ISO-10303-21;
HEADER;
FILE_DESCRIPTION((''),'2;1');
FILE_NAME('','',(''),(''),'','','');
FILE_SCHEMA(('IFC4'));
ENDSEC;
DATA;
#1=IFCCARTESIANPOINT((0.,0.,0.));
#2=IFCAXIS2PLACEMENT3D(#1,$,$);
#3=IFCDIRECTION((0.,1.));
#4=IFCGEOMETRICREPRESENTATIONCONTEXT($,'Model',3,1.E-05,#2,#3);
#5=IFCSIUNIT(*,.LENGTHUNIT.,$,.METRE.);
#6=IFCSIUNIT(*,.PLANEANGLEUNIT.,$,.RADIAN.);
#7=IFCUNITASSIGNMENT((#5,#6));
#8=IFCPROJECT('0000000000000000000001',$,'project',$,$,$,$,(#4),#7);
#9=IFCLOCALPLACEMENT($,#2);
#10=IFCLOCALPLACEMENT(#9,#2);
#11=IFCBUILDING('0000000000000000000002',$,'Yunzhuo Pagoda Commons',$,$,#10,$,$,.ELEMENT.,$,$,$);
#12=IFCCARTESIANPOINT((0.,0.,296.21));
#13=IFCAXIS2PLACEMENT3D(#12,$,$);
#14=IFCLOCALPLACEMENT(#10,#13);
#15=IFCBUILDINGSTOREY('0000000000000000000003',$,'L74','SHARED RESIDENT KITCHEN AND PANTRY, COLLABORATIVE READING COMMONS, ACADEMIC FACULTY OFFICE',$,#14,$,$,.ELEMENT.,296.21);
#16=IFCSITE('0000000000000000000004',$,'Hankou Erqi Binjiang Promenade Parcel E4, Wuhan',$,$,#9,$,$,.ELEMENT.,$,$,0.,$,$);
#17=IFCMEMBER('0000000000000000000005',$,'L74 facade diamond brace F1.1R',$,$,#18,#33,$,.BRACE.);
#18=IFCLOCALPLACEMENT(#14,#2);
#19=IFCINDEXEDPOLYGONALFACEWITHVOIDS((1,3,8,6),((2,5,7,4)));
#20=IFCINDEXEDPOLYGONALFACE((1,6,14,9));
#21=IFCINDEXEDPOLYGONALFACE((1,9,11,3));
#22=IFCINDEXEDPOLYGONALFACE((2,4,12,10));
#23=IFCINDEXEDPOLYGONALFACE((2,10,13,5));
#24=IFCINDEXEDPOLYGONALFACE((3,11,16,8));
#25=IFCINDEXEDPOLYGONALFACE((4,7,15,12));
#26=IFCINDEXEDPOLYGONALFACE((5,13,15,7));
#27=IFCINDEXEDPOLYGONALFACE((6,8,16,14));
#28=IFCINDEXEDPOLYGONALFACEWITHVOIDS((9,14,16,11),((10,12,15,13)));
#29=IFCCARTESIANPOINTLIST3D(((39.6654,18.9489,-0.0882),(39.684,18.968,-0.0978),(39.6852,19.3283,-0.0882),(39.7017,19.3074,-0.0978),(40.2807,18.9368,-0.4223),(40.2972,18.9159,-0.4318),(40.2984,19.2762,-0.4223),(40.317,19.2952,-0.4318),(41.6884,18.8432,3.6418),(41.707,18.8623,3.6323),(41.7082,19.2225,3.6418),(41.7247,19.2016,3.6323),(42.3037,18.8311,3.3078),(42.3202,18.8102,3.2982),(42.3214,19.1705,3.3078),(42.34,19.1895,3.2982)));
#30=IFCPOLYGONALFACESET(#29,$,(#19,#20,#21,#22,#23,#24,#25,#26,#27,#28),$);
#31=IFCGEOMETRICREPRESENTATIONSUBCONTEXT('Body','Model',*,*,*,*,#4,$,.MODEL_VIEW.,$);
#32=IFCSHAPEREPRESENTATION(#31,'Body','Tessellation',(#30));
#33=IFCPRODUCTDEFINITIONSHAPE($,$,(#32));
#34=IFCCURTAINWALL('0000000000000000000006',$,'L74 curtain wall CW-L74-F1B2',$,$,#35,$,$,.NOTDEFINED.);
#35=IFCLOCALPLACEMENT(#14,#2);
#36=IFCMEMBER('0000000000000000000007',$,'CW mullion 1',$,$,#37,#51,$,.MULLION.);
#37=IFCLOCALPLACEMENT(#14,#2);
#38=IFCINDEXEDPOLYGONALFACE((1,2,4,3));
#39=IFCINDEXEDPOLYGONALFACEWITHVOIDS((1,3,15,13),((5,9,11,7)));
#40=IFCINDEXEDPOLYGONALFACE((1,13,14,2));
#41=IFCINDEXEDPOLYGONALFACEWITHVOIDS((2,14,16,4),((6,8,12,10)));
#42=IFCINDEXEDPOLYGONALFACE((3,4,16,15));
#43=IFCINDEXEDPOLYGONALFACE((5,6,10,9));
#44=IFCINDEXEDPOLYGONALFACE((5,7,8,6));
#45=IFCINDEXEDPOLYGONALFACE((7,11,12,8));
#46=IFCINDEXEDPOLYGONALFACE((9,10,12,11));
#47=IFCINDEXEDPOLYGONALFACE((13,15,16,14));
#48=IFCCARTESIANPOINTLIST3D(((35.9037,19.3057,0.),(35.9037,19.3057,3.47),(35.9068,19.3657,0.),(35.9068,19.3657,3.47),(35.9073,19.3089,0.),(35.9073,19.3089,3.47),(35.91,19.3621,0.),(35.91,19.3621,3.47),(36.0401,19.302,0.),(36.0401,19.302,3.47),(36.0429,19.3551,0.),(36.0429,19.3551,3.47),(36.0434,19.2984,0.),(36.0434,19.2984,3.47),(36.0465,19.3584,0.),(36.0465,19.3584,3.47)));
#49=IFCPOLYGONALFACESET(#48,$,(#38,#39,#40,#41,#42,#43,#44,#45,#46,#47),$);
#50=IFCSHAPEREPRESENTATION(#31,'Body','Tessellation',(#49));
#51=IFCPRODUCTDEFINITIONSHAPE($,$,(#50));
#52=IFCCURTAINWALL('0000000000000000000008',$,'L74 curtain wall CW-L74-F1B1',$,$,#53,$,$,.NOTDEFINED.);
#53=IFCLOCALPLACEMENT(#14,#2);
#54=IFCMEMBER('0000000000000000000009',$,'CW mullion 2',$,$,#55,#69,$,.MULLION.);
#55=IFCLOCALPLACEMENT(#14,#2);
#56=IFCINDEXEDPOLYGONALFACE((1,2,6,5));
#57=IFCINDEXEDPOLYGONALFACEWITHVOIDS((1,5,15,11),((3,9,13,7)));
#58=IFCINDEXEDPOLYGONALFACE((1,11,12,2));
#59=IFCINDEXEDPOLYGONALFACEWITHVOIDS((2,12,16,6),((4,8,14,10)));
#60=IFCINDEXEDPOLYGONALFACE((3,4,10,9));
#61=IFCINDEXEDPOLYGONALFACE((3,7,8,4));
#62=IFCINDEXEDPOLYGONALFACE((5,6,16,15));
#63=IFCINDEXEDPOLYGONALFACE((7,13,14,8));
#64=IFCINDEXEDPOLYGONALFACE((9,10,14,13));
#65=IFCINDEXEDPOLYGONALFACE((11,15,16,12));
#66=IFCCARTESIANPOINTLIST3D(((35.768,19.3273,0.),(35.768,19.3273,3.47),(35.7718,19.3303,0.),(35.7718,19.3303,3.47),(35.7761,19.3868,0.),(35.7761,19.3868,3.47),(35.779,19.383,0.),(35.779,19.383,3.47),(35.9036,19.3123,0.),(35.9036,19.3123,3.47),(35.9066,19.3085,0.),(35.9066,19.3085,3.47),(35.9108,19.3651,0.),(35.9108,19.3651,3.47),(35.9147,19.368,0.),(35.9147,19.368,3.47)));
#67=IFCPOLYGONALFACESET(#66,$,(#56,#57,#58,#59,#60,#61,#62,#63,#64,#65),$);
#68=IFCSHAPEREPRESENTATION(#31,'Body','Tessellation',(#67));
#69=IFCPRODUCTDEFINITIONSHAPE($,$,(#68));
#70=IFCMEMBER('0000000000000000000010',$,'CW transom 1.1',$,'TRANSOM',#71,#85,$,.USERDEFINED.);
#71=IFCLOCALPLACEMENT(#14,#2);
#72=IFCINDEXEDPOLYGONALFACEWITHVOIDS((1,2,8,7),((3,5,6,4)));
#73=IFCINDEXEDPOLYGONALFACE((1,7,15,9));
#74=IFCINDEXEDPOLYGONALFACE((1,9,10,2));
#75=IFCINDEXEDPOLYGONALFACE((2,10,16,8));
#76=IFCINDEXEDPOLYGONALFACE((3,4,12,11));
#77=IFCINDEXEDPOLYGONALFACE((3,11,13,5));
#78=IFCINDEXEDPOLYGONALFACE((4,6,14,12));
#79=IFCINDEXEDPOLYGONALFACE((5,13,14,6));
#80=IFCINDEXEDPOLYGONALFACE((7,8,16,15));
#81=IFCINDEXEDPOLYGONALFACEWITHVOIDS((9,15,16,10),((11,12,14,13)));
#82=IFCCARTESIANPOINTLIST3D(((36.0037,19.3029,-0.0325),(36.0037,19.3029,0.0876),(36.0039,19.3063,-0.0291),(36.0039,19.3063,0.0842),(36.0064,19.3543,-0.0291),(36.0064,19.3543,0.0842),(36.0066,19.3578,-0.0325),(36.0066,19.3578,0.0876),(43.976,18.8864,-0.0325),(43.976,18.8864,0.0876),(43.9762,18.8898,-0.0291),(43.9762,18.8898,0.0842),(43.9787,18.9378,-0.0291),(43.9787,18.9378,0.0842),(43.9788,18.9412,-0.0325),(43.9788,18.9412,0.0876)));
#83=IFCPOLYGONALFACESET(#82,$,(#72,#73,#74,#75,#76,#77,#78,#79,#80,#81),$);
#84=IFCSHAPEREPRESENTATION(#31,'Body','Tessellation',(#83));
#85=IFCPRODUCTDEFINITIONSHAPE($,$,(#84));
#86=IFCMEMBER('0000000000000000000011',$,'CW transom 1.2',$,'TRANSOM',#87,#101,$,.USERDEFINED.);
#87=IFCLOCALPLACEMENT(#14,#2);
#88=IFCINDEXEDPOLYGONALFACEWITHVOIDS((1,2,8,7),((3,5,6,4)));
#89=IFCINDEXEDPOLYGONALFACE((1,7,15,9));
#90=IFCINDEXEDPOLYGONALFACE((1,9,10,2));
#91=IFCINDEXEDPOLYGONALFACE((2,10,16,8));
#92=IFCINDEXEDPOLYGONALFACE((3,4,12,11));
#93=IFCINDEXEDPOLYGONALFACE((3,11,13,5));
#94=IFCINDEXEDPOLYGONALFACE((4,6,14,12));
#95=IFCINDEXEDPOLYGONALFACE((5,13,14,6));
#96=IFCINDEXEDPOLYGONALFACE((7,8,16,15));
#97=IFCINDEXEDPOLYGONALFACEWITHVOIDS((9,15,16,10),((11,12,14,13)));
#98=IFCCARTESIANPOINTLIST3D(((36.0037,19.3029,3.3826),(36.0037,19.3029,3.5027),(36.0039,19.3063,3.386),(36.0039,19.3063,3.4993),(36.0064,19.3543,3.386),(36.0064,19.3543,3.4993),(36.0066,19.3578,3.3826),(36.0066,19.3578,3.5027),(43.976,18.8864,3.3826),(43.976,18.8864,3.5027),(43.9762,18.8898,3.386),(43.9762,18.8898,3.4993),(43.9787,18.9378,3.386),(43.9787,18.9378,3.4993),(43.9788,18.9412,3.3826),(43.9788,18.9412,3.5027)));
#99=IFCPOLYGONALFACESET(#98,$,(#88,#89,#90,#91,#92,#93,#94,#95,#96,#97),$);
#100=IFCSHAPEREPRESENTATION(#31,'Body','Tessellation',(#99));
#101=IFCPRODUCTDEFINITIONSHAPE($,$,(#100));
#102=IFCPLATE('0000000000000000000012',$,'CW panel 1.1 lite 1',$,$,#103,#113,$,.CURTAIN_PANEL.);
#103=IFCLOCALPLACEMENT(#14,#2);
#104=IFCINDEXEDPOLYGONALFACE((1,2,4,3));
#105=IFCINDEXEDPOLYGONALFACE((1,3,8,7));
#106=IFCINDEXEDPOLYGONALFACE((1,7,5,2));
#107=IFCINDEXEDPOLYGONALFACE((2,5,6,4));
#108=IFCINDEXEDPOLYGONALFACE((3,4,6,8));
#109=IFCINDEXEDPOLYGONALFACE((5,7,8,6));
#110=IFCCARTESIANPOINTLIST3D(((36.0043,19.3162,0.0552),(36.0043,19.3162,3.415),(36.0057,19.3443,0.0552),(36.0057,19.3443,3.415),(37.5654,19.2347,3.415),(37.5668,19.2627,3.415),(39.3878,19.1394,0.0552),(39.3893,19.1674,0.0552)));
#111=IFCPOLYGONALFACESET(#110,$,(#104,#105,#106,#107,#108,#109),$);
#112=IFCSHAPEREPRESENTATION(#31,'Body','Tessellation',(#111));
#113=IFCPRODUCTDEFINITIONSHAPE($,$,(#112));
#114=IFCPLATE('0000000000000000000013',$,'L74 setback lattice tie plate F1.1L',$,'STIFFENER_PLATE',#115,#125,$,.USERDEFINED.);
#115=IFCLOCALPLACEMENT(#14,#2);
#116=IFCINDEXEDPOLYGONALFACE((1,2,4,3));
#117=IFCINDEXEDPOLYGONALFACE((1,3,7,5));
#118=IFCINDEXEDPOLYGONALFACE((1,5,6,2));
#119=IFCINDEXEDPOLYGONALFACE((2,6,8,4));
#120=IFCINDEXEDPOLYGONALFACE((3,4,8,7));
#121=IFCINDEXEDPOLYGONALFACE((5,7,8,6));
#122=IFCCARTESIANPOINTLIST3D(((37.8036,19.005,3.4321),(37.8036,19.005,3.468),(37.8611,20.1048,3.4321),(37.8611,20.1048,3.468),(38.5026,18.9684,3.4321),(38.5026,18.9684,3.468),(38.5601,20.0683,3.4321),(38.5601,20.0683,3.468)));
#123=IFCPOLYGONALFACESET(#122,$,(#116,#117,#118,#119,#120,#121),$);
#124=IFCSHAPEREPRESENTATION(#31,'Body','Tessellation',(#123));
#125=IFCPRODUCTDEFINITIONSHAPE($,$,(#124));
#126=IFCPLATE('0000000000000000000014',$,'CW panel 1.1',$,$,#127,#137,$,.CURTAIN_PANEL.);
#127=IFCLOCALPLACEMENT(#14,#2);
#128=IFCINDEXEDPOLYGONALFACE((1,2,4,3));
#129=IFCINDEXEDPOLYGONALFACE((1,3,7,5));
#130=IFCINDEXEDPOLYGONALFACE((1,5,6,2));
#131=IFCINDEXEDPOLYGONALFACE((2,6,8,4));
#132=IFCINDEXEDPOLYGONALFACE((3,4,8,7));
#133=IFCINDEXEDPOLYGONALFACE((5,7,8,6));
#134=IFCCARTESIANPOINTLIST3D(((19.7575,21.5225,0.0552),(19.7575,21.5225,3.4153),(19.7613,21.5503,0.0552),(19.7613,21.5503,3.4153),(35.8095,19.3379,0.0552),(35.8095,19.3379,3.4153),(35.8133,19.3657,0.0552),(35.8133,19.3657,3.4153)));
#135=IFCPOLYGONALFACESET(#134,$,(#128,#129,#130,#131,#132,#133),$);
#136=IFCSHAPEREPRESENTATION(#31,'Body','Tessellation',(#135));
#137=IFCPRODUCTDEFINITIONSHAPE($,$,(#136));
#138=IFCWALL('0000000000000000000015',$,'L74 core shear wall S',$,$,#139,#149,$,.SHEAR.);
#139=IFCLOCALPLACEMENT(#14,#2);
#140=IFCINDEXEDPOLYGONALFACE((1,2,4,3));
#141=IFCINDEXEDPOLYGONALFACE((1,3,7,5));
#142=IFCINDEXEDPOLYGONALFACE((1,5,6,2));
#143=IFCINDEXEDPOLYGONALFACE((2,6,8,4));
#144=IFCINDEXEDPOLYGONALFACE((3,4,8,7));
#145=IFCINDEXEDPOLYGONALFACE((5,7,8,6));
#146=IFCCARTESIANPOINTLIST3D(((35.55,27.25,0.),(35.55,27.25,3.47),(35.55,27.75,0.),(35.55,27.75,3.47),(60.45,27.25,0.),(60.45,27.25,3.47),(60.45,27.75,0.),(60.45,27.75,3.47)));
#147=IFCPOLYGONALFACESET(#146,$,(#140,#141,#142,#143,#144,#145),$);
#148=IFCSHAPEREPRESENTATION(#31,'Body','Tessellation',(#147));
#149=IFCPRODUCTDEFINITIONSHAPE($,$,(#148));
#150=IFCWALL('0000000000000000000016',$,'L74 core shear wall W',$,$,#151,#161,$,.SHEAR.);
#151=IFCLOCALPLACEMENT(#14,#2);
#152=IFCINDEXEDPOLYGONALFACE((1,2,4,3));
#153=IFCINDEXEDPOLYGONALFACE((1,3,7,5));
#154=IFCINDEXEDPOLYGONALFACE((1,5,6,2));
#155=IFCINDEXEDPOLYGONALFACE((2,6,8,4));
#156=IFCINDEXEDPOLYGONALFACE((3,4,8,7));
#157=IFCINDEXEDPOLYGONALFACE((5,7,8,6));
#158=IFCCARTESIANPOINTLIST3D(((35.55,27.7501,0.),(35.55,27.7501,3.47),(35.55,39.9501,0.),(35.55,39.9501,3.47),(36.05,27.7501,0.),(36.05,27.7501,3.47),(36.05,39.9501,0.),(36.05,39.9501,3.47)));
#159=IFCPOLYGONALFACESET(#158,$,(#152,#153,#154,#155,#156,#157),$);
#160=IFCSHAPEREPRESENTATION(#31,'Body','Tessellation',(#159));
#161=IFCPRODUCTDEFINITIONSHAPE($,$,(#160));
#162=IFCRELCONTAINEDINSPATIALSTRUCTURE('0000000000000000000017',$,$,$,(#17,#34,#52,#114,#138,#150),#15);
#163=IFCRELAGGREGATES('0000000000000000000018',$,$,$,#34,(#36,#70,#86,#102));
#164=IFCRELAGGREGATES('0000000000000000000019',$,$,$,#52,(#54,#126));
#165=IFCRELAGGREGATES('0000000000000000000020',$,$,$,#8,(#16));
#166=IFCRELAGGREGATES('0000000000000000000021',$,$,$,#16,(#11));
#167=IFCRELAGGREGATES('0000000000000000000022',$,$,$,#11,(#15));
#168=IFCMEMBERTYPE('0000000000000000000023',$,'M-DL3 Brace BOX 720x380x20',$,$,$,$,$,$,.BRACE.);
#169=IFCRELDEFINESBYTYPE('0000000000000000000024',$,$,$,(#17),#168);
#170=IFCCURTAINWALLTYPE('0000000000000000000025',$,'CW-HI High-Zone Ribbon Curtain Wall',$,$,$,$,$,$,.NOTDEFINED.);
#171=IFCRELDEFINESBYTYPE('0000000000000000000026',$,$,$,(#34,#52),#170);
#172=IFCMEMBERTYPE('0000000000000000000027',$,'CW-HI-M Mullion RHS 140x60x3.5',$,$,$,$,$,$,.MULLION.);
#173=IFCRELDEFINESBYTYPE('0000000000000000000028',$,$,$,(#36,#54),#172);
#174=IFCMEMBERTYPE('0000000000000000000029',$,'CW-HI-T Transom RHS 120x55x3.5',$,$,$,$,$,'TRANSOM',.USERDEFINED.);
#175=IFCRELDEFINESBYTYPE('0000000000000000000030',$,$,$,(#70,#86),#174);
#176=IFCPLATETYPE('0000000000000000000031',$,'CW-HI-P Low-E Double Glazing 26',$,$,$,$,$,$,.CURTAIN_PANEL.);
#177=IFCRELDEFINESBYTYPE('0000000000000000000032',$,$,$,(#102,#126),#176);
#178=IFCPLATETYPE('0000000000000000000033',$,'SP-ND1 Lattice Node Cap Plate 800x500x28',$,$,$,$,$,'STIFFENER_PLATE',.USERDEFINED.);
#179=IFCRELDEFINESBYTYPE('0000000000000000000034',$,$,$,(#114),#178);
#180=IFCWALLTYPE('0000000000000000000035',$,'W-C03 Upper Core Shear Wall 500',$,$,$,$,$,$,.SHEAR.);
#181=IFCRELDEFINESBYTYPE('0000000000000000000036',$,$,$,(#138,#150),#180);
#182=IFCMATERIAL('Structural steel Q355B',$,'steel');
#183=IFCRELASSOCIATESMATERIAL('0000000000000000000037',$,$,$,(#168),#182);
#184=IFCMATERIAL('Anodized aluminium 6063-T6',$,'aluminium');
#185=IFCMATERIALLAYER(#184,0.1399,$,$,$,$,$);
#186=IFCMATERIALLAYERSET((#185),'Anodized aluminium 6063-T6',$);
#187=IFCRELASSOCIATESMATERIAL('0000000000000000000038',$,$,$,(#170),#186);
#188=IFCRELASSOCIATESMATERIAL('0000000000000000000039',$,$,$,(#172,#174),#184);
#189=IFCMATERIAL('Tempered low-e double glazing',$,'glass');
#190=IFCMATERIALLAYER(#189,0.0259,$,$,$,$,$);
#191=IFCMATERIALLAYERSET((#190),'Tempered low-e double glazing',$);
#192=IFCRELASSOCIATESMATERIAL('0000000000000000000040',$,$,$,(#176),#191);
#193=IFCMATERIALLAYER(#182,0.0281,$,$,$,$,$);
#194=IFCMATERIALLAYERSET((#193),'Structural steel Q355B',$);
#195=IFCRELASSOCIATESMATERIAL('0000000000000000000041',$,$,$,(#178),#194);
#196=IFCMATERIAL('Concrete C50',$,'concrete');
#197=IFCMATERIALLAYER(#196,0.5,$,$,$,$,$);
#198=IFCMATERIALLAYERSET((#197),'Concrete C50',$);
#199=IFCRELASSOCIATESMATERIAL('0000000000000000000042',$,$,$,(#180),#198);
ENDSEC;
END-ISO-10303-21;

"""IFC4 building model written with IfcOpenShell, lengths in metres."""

from ifc_helpers import new_model, si_unit, direction, frame, frame_2d, origin, origin_2d, place, context, subcontext, project, spatial, polyline, rectangle, hollow_rectangle, outline, extrude, source, transform, mapped, material, layer, layer_set, material_profile, profile_set, type_object, element, aggregate, save


model = new_model("IFC4")

# Units and contexts
model_context = context("Model", 3, precision=1e-05, world=origin(), true_north=direction((0.0, 1.0)))
body_context = subcontext(model_context, "Body", "Model", "MODEL_VIEW")
ifc_project = project(units=[si_unit("LENGTHUNIT", "METRE"), si_unit("PLANEANGLEUNIT", "RADIAN")], contexts=[model_context])

# Site, building, storey
site_placement = place(None, origin())
site = spatial("IfcSite", under=ifc_project, at=site_placement, Name="Hankou Erqi Binjiang Promenade Parcel E4, Wuhan", CompositionType="ELEMENT", RefElevation=0.0)
building_placement = place(site_placement, origin())
building = spatial("IfcBuilding", under=site, at=building_placement, Name="Yunzhuo Pagoda Commons", CompositionType="ELEMENT")
storey_placement = place(building_placement, frame((0.0, 0.0, 296.21)))
storey = spatial("IfcBuildingStorey", under=building, at=storey_placement, Name="L74", Description="SHARED RESIDENT KITCHEN AND PANTRY, COLLABORATIVE READING COMMONS, ACADEMIC FACULTY OFFICE", CompositionType="ELEMENT", Elevation=296.21)

# Shared definitions
ifc_material_1 = material(Name="Structural steel Q355B", Category="steel")

# Member
ifc_material_profile_1 = material_profile(ifc_material_1, hollow_rectangle(XDim=0.3799, YDim=0.72, WallThickness=0.02, at=origin_2d()), Name="Structural steel Q355B")
ifc_profile_set_1 = profile_set([ifc_material_profile_1], Name="Structural steel Q355B")
member_type_1 = type_object("IfcMemberType", Name="M-DL3 Brace BOX 720x380x20", PredefinedType="BRACE", material=ifc_profile_set_1)
shared_shape_1 = source(origin(), body_context, "Body", "SweptSolid", [
    extrude(hollow_rectangle(XDim=0.3799, YDim=0.72, WallThickness=0.02, at=origin_2d()), origin(), (0.0, 0.0, 1.0), 4.2446),
])
for number, where, z_axis, x_axis, name in (
    (1, (39.9912, 19.1221, -0.26), (0.476599, -0.024906, 0.878768), (0.052186, 0.998637, 0.0), "L74 facade diamond brace F1.1R"),
):
    element("IfcMember", number, at=place(storey_placement, frame(where, z_axis=z_axis, x_axis=x_axis)), inside=storey, type_object=member_type_1, Name=name, PredefinedType="BRACE", context=body_context, shape_type="MappedRepresentation", body=[
        mapped(shared_shape_1, transform((0.0, 0.0, 0.0), scale=1.0)),
    ])

# Curtain walls, members
ifc_material_2 = material(Name="Anodized aluminium 6063-T6", Category="aluminium")
ifc_layer_1 = layer(ifc_material_2, 0.1399)
ifc_layer_set_1 = layer_set([ifc_layer_1], Name="Anodized aluminium 6063-T6")
curtain_wall_type = type_object("IfcCurtainWallType", Name="CW-HI High-Zone Ribbon Curtain Wall", PredefinedType="NOTDEFINED", material=ifc_layer_set_1)
curtain_wall_1_placement = place(storey_placement, origin())
curtain_wall_1 = element("IfcCurtainWall", 2, at=curtain_wall_1_placement, inside=storey, type_object=curtain_wall_type, Name="L74 curtain wall CW-L74-F1B2", PredefinedType="NOTDEFINED")
ifc_material_profile_2 = material_profile(ifc_material_2, hollow_rectangle(XDim=0.0601, YDim=0.1399, WallThickness=0.0034, at=origin_2d()), Name="Anodized aluminium 6063-T6")
ifc_profile_set_2 = profile_set([ifc_material_profile_2], Name="Anodized aluminium 6063-T6")
member_type_2 = type_object("IfcMemberType", Name="CW-HI-M Mullion RHS 140x60x3.5", PredefinedType="MULLION", material=ifc_profile_set_2)
shared_shape_2 = source(origin(), body_context, "Body", "SweptSolid", [
    extrude(hollow_rectangle(XDim=0.0601, YDim=0.1399, WallThickness=0.0034, at=origin_2d()), origin(), (0.0, 0.0, 1.0), 3.47),
])
member_1_placement = place(storey_placement, frame((35.9751, 19.332, 0.0), z_axis=(0.0, 0.0, 1.0), x_axis=(0.05219, 0.998637, 0.0)))
member_1 = element("IfcMember", 3, at=member_1_placement, type_object=member_type_2, Name="CW mullion 1", PredefinedType="MULLION", context=body_context, shape_type="MappedRepresentation", body=[
    mapped(shared_shape_2, transform((0.0, 0.0, 0.0), scale=1.0)),
])
curtain_wall_2_placement = place(storey_placement, origin())
curtain_wall_2 = element("IfcCurtainWall", 4, at=curtain_wall_2_placement, inside=storey, type_object=curtain_wall_type, Name="L74 curtain wall CW-L74-F1B1", PredefinedType="NOTDEFINED")
member_2_placement = place(storey_placement, frame((35.8413, 19.3477, 0.0), z_axis=(0.0, 0.0, 1.0), x_axis=(0.134854, 0.990865, 0.0)))
member_2 = element("IfcMember", 5, at=member_2_placement, type_object=member_type_2, Name="CW mullion 2", PredefinedType="MULLION", context=body_context, shape_type="MappedRepresentation", body=[
    mapped(shared_shape_2, transform((0.0, 0.0, 0.0), scale=1.0)),
])

# Members
ifc_material_profile_3 = material_profile(ifc_material_2, hollow_rectangle(XDim=0.0549, YDim=0.1201, WallThickness=0.0034, at=origin_2d()), Name="Anodized aluminium 6063-T6")
ifc_profile_set_3 = profile_set([ifc_material_profile_3], Name="Anodized aluminium 6063-T6")
member_type_3 = type_object("IfcMemberType", Name="CW-HI-T Transom RHS 120x55x3.5", ElementType="TRANSOM", PredefinedType="USERDEFINED", material=ifc_profile_set_3)
shared_shape_3 = source(origin(), body_context, "Body", "SweptSolid", [
    extrude(hollow_rectangle(XDim=0.0549, YDim=0.1201, WallThickness=0.0034, at=origin_2d()), origin(), (0.0, 0.0, 1.0), 7.9832),
])
member_3_placement = place(storey_placement, frame((36.0051, 19.3303, 0.0276), z_axis=(0.998638, -0.052174, 0.0), x_axis=(0.052174, 0.998638, 0.0)))
member_3 = element("IfcMember", 6, at=member_3_placement, type_object=member_type_3, Name="CW transom 1.1", ObjectType="TRANSOM", PredefinedType="USERDEFINED", context=body_context, shape_type="MappedRepresentation", body=[
    mapped(shared_shape_3, transform((0.0, 0.0, 0.0), scale=1.0)),
])
member_4_placement = place(storey_placement, frame((36.0051, 19.3303, 3.4426), z_axis=(0.998638, -0.052174, 0.0), x_axis=(0.052174, 0.998638, 0.0)))
member_4 = element("IfcMember", 7, at=member_4_placement, type_object=member_type_3, Name="CW transom 1.2", ObjectType="TRANSOM", PredefinedType="USERDEFINED", context=body_context, shape_type="MappedRepresentation", body=[
    mapped(shared_shape_3, transform((0.0, 0.0, 0.0), scale=1.0)),
])

# Plates
ifc_material_3 = material(Name="Tempered low-e double glazing", Category="glass")
ifc_layer_2 = layer(ifc_material_3, 0.0259)
ifc_layer_set_2 = layer_set([ifc_layer_2], Name="Tempered low-e double glazing")
plate_type_1 = type_object("IfcPlateType", Name="CW-HI-P Low-E Double Glazing 26", PredefinedType="CURTAIN_PANEL", material=ifc_layer_set_2)
plate_1_placement = place(storey_placement, frame((37.6975, 19.2559, 1.7351), z_axis=(-0.05219, -0.998637, 0.0), x_axis=(0.998637, -0.05219, 0.0)))
plate_1 = element("IfcPlate", 8, at=plate_1_placement, type_object=plate_type_1, Name="CW panel 1.1 lite 1", PredefinedType="CURTAIN_PANEL", context=body_context, shape_type="SweptSolid", body=[
    extrude(outline(polyline([(-1.6941, -1.6799), (1.6941, -1.6799), (-0.1309, 1.6799), (-1.6941, 1.6799), (-1.6941, -1.6799)])), origin(), (0.0, 0.0, 1.0), 0.0281),
])
aggregate(curtain_wall_1, [member_1, member_3, member_4, plate_1])
ifc_layer_3 = layer(ifc_material_1, 0.0281)
ifc_layer_set_3 = layer_set([ifc_layer_3], Name="Structural steel Q355B")
plate_type_2 = type_object("IfcPlateType", Name="SP-ND1 Lattice Node Cap Plate 800x500x28", ElementType="STIFFENER_PLATE", PredefinedType="USERDEFINED", material=ifc_layer_set_3)
shared_shape_4 = source(origin(), body_context, "Body", "SweptSolid", [
    extrude(rectangle(XDim=0.7, YDim=1.1013, at=origin_2d()), origin(), (0.0, 0.0, 1.0), 0.0359),
])
plate_2_placement = place(storey_placement, frame((38.1819, 19.5366, 3.4321), z_axis=(0.0, 0.0, 1.0), x_axis=(0.998637, -0.052197, 0.0)))
element("IfcPlate", 9, at=plate_2_placement, inside=storey, type_object=plate_type_2, Name="L74 setback lattice tie plate F1.1L", ObjectType="STIFFENER_PLATE", PredefinedType="USERDEFINED", context=body_context, shape_type="MappedRepresentation", body=[
    mapped(shared_shape_4, transform((0.0, 0.0, 0.0), scale=1.0)),
])
shared_shape_5 = source(origin(), body_context, "Body", "SweptSolid", [
    extrude(rectangle(XDim=16.2, YDim=0.0281, at=origin_2d()), origin(), (0.0, 0.0, 1.0), 3.3601),
])
plate_3_placement = place(storey_placement, frame((27.7854, 20.4441, 0.0552), z_axis=(0.0, 0.0, 1.0), x_axis=(0.990865, -0.134854, 0.0)))
plate_3 = element("IfcPlate", 10, at=plate_3_placement, type_object=plate_type_1, Name="CW panel 1.1", PredefinedType="CURTAIN_PANEL", context=body_context, shape_type="MappedRepresentation", body=[
    mapped(shared_shape_5, transform((0.0, 0.0, 0.0), scale=1.0)),
])
aggregate(curtain_wall_2, [member_2, plate_3])

# Walls
ifc_material_4 = material(Name="Concrete C50", Category="concrete")
ifc_layer_4 = layer(ifc_material_4, 0.5)
ifc_layer_set_4 = layer_set([ifc_layer_4], Name="Concrete C50")
wall_type_1 = type_object("IfcWallType", Name="W-C03 Upper Core Shear Wall 500", PredefinedType="SHEAR", material=ifc_layer_set_4)
wall_1_placement = place(storey_placement, frame((35.55, 27.5, 0.0), z_axis=(0.0, 0.0, 1.0), x_axis=(1.0, 0.0, 0.0)))
element("IfcWall", 11, at=wall_1_placement, inside=storey, type_object=wall_type_1, Name="L74 core shear wall S", PredefinedType="SHEAR", context=body_context, shape_type="SweptSolid", body=[
    extrude(rectangle(XDim=24.8999, YDim=0.5, at=frame_2d((12.45, 0.0))), origin(), (0.0, 0.0, 1.0), 3.47),
])
wall_2_placement = place(storey_placement, frame((35.8, 27.75, 0.0), z_axis=(0.0, 0.0, 1.0), x_axis=(0.0, 1.0, 0.0)))
element("IfcWall", 12, at=wall_2_placement, inside=storey, type_object=wall_type_1, Name="L74 core shear wall W", PredefinedType="SHEAR", context=body_context, shape_type="SweptSolid", body=[
    extrude(rectangle(XDim=12.2, YDim=0.5, at=frame_2d((6.1001, 0.0))), origin(), (0.0, 0.0, 1.0), 3.47),
])

save(model, "model.ifc")
